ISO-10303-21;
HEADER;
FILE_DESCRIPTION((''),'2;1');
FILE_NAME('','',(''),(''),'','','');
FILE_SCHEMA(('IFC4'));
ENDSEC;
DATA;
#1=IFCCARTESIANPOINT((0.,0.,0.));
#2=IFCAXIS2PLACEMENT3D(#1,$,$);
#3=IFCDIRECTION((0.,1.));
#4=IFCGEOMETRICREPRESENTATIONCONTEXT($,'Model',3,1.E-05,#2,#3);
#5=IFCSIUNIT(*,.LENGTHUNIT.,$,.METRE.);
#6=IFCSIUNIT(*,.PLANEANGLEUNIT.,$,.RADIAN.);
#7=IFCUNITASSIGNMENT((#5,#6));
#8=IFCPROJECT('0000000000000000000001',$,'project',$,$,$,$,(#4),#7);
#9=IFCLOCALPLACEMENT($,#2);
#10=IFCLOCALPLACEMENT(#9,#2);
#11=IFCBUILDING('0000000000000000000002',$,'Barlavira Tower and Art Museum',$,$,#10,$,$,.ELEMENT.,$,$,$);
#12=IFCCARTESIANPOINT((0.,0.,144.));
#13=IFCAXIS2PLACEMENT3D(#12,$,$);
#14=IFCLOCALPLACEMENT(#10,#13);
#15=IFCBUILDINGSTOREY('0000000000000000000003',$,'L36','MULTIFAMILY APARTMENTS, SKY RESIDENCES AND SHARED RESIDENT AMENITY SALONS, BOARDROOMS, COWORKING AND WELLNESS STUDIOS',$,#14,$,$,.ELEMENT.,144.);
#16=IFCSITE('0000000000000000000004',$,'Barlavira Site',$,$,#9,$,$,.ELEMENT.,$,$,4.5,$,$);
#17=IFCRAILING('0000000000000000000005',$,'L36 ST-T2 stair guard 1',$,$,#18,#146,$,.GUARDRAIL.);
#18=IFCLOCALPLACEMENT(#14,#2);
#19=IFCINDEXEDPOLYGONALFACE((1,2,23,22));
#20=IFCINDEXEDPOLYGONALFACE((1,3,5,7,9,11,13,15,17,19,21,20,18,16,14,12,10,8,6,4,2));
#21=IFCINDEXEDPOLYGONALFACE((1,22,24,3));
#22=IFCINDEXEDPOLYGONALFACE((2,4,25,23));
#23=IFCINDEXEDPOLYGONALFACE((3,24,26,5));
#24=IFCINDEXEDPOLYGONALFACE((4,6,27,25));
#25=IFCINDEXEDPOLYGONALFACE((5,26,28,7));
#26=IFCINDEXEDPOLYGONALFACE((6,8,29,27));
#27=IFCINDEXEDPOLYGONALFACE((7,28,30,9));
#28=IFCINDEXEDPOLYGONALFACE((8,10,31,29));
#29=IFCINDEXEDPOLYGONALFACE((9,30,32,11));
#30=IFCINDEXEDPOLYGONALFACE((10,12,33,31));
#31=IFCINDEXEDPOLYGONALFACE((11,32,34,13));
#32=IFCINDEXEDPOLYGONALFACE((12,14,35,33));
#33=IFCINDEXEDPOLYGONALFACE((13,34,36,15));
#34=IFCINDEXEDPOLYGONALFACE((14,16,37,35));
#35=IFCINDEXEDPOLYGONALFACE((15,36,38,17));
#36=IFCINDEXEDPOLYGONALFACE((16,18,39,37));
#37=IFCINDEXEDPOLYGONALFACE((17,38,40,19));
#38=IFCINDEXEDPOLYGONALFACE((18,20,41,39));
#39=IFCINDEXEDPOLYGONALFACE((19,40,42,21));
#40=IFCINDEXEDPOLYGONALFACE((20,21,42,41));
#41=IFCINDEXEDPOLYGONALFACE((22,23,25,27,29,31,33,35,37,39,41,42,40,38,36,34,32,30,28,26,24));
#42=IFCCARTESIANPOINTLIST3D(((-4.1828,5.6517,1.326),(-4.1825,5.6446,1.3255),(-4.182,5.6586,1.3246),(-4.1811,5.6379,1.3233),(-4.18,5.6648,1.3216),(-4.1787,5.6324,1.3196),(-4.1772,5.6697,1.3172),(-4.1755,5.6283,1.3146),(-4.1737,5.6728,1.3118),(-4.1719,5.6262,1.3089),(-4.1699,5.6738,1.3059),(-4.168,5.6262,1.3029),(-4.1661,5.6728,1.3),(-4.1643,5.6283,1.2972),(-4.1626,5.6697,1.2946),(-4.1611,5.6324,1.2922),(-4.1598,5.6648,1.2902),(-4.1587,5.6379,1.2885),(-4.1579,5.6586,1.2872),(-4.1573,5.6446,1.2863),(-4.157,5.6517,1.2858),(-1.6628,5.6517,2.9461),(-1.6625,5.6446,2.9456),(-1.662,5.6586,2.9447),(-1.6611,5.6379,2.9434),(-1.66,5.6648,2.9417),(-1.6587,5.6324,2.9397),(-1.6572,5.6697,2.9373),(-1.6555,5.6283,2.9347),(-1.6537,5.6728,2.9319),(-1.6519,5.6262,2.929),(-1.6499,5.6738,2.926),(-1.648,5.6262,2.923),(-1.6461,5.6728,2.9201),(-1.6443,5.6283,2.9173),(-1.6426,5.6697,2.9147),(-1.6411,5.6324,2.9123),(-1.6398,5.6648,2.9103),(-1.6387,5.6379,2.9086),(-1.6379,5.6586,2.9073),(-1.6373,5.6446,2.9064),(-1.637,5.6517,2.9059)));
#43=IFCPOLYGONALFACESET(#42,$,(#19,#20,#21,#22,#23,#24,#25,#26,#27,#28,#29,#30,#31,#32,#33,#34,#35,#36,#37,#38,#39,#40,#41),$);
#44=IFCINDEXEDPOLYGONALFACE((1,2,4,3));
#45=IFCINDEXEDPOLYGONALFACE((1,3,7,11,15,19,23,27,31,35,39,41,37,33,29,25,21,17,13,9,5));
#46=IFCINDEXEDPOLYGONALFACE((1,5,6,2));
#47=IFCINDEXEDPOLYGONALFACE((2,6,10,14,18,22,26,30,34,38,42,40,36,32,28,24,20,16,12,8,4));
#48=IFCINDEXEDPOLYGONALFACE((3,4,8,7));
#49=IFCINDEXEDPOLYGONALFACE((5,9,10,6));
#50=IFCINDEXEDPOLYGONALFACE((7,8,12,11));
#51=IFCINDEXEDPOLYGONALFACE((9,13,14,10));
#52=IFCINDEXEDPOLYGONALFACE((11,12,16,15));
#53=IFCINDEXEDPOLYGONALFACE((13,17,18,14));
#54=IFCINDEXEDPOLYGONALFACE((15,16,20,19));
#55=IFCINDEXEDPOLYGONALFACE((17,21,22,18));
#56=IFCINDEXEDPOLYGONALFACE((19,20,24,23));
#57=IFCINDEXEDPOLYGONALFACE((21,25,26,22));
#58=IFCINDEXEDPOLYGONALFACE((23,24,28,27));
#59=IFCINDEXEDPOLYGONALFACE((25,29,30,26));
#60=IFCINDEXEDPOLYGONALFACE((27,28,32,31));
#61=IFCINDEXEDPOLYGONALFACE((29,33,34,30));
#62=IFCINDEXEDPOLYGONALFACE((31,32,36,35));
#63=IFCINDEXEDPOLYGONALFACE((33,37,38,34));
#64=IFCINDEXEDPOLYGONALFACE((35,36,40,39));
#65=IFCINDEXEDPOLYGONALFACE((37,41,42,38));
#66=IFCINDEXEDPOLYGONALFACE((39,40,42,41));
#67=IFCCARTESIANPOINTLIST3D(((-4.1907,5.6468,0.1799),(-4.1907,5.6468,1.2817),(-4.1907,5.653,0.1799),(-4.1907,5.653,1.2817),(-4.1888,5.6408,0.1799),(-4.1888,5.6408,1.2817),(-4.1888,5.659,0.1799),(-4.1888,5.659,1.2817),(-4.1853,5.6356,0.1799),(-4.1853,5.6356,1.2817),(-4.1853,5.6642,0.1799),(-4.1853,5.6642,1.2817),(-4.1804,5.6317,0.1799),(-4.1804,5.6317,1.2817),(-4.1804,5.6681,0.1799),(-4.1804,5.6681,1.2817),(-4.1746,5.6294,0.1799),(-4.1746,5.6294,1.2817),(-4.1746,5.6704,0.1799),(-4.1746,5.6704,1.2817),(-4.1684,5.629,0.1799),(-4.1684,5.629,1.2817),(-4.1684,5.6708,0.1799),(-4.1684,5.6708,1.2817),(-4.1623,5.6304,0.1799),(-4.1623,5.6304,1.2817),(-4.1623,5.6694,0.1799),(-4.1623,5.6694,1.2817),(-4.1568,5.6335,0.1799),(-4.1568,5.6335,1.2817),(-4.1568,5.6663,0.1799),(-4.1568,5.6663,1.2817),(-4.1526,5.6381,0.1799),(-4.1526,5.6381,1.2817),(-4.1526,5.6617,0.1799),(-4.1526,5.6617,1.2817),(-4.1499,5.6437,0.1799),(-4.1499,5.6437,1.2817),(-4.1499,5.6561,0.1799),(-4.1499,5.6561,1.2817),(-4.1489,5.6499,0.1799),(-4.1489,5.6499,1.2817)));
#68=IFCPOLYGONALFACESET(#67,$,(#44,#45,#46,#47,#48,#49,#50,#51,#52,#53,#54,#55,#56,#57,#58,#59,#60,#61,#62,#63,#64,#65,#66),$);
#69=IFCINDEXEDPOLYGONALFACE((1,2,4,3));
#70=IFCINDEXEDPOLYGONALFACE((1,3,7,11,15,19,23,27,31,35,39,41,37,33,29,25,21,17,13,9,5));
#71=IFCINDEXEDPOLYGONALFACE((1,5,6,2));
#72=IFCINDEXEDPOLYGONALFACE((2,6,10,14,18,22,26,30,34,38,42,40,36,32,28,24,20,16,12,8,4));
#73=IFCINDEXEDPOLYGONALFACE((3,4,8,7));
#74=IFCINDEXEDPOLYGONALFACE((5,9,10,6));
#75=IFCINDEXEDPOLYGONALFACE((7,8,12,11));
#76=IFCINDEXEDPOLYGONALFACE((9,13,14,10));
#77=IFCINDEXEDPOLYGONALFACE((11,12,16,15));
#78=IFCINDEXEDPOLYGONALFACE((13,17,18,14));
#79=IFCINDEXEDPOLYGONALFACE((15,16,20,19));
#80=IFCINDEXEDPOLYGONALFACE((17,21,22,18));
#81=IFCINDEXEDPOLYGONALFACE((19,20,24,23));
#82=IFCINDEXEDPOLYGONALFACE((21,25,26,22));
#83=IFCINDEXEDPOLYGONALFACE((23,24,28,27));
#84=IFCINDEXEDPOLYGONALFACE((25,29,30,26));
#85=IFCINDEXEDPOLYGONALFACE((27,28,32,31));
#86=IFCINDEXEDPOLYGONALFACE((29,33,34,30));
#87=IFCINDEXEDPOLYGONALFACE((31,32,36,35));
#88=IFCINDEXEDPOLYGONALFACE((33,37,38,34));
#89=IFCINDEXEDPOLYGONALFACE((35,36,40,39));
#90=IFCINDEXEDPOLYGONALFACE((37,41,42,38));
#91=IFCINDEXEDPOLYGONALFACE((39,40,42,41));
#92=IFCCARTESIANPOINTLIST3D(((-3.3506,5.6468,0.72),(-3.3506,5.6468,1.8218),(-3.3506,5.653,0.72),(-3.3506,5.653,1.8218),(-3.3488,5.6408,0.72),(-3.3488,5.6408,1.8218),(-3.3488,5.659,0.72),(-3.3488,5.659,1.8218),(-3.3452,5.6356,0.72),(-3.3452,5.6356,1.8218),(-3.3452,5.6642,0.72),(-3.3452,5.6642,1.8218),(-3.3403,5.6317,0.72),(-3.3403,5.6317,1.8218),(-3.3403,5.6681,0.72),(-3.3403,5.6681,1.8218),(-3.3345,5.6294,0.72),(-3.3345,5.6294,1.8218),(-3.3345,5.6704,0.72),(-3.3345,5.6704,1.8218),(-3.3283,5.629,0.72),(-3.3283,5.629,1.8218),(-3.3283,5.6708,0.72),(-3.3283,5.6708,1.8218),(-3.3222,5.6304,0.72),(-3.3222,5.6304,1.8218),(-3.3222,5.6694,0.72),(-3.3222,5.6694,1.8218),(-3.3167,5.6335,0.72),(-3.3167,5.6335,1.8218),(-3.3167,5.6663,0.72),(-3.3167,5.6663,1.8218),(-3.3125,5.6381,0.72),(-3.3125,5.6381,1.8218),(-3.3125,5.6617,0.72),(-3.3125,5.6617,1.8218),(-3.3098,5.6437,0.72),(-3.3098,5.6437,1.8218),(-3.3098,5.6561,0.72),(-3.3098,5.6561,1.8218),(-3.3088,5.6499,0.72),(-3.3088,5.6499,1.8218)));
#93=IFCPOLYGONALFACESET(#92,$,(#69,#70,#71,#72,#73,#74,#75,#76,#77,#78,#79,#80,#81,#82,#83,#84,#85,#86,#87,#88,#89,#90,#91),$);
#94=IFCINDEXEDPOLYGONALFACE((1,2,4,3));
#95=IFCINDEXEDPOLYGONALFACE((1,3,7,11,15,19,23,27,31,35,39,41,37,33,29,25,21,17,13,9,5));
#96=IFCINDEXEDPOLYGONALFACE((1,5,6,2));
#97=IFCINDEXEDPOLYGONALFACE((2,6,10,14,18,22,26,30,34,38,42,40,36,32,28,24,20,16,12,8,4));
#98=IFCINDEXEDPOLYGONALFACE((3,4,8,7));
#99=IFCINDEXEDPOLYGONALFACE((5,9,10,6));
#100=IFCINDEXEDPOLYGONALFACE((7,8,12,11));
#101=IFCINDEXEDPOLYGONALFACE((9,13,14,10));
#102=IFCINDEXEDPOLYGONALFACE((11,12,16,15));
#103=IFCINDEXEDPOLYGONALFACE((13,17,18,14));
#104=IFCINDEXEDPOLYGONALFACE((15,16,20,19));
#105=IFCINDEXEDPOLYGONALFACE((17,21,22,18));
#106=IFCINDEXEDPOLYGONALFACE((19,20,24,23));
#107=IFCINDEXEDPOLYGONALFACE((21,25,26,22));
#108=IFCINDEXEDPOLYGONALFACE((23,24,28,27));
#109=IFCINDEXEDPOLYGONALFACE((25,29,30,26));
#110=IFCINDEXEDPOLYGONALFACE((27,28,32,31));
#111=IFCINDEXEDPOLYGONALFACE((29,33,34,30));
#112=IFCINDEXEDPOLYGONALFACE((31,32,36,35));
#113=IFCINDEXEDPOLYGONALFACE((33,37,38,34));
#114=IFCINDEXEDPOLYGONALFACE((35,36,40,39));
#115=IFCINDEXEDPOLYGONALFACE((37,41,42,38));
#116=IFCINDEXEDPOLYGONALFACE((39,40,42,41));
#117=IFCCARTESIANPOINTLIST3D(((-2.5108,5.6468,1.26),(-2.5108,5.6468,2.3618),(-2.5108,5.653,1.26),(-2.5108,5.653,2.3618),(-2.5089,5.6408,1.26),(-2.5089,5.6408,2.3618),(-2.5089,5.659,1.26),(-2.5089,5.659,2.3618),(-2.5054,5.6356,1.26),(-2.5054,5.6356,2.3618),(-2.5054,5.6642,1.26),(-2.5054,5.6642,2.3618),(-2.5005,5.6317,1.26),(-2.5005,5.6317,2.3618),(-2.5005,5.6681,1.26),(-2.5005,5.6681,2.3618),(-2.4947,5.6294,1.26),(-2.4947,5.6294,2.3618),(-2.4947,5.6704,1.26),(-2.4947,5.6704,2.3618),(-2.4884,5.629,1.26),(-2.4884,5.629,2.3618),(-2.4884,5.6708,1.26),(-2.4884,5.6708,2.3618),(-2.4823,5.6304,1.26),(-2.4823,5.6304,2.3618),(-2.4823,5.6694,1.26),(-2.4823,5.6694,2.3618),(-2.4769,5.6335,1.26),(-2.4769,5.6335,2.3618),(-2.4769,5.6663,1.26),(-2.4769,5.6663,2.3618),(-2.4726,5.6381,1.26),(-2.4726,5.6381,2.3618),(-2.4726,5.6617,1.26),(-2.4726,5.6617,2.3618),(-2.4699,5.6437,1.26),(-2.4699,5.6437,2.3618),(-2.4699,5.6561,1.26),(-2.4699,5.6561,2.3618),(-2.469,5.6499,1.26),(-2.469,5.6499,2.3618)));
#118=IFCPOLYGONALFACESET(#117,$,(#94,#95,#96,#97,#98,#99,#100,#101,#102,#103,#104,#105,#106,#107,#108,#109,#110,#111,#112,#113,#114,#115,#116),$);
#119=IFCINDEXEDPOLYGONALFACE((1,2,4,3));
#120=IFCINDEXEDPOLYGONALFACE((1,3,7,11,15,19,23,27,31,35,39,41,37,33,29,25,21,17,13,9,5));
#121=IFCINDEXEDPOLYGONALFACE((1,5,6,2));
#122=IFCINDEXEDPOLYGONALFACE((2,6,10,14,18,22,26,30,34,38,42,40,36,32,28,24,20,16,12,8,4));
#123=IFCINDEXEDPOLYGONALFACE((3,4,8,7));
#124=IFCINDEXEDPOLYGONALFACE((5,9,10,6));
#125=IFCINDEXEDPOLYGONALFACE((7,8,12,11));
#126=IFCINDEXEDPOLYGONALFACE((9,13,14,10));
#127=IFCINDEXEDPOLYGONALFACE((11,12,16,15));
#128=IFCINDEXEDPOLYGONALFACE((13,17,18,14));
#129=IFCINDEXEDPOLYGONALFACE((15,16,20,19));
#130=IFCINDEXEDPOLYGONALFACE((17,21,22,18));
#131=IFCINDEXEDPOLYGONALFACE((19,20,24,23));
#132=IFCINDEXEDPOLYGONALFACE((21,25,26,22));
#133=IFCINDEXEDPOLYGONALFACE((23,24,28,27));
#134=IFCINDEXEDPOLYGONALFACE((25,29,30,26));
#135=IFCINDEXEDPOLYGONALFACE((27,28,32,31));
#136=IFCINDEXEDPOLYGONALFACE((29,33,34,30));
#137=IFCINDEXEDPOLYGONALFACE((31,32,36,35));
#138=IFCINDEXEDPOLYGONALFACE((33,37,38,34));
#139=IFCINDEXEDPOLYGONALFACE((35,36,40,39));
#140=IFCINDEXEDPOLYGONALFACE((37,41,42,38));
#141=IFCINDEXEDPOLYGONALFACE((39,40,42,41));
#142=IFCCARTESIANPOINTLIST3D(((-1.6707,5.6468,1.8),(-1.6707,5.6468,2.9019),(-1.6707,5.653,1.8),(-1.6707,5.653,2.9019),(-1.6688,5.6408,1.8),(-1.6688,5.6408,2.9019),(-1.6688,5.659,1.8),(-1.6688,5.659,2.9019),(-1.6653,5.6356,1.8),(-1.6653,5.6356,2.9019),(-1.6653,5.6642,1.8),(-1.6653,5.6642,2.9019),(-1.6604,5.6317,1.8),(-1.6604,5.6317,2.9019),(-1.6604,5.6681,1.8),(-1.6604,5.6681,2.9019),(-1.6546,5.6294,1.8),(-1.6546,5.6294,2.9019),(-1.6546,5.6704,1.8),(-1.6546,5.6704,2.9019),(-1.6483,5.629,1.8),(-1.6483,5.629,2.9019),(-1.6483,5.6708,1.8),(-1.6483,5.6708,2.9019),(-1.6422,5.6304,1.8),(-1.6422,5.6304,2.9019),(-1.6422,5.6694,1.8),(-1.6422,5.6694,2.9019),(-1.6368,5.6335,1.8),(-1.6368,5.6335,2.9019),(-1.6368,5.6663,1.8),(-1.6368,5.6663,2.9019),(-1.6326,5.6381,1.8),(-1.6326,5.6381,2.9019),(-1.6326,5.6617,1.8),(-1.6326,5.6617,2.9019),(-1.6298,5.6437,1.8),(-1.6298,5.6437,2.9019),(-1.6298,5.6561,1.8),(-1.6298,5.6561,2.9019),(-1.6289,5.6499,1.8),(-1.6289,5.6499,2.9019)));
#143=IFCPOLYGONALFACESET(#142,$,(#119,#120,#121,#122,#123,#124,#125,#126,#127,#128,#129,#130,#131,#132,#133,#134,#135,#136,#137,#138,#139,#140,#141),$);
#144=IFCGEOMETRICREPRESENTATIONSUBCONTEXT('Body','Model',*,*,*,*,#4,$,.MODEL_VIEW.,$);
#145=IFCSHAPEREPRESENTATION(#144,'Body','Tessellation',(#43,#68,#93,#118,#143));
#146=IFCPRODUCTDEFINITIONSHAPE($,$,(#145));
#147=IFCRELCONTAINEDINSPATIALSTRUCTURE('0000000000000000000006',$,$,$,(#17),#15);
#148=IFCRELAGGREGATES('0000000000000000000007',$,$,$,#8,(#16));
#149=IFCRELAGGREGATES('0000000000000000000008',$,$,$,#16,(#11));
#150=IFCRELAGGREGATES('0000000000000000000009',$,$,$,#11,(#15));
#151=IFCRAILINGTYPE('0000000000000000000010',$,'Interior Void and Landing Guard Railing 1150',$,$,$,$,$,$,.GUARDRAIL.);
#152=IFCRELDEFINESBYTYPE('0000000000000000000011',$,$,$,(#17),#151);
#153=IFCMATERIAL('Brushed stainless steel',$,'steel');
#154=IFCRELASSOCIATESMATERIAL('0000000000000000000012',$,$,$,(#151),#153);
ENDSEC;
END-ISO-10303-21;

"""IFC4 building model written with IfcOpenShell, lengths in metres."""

from ifc_helpers import new_model, si_unit, direction, frame, origin, origin_2d, place, context, subcontext, project, spatial, circle, extrude, material, type_object, element, save


model = new_model("IFC4")

# Units and contexts
model_context = context("Model", 3, precision=1e-05, world=origin(), true_north=direction((0.0, 1.0)))
body_context = subcontext(model_context, "Body", "Model", "MODEL_VIEW")
ifc_project = project(units=[si_unit("LENGTHUNIT", "METRE"), si_unit("PLANEANGLEUNIT", "RADIAN")], contexts=[model_context])

# Site, building, storey
site_placement = place(None, origin())
site = spatial("IfcSite", under=ifc_project, at=site_placement, Name="Barlavira Site", CompositionType="ELEMENT", RefElevation=4.5)
building_placement = place(site_placement, origin())
building = spatial("IfcBuilding", under=site, at=building_placement, Name="Barlavira Tower and Art Museum", CompositionType="ELEMENT")
storey_placement = place(building_placement, frame((0.0, 0.0, 144.0)))
storey = spatial("IfcBuildingStorey", under=building, at=storey_placement, Name="L36", Description="MULTIFAMILY APARTMENTS, SKY RESIDENCES AND SHARED RESIDENT AMENITY SALONS, BOARDROOMS, COWORKING AND WELLNESS STUDIOS", CompositionType="ELEMENT", Elevation=144.0)

# Shared definitions
ifc_material_1 = material(Name="Brushed stainless steel", Category="steel")

# Railing
railing_type_1 = type_object("IfcRailingType", Name="Interior Void and Landing Guard Railing 1150", PredefinedType="GUARDRAIL", material=ifc_material_1)
railing_1_placement = place(storey_placement, frame((-4.1699, 5.6499, 0.1799)))
element("IfcRailing", 1, at=railing_1_placement, inside=storey, type_object=railing_type_1, Name="L36 ST-T2 stair guard 1", PredefinedType="GUARDRAIL", context=body_context, shape_type="SweptSolid", body=[
    extrude(circle(Radius=0.0239, at=origin_2d()), frame((0.0, 0.0, 1.126), z_axis=(0.841163, 0.0, 0.540782), x_axis=(0.0, 1.0, 0.0)), (0.0, 0.0, 1.0), 2.9958),
    extrude(circle(Radius=0.021, at=origin_2d()), origin(), (0.0, 0.0, 1.0), 1.1018),
    extrude(circle(Radius=0.021, at=origin_2d()), frame((0.8401, 0.0, 0.54)), (0.0, 0.0, 1.0), 1.1018),
    extrude(circle(Radius=0.021, at=origin_2d()), frame((1.6799, 0.0, 1.0801)), (0.0, 0.0, 1.0), 1.1018),
    extrude(circle(Radius=0.021, at=origin_2d()), frame((2.52, 0.0, 1.6201)), (0.0, 0.0, 1.0), 1.1018),
])

save(model, "model.ifc")
